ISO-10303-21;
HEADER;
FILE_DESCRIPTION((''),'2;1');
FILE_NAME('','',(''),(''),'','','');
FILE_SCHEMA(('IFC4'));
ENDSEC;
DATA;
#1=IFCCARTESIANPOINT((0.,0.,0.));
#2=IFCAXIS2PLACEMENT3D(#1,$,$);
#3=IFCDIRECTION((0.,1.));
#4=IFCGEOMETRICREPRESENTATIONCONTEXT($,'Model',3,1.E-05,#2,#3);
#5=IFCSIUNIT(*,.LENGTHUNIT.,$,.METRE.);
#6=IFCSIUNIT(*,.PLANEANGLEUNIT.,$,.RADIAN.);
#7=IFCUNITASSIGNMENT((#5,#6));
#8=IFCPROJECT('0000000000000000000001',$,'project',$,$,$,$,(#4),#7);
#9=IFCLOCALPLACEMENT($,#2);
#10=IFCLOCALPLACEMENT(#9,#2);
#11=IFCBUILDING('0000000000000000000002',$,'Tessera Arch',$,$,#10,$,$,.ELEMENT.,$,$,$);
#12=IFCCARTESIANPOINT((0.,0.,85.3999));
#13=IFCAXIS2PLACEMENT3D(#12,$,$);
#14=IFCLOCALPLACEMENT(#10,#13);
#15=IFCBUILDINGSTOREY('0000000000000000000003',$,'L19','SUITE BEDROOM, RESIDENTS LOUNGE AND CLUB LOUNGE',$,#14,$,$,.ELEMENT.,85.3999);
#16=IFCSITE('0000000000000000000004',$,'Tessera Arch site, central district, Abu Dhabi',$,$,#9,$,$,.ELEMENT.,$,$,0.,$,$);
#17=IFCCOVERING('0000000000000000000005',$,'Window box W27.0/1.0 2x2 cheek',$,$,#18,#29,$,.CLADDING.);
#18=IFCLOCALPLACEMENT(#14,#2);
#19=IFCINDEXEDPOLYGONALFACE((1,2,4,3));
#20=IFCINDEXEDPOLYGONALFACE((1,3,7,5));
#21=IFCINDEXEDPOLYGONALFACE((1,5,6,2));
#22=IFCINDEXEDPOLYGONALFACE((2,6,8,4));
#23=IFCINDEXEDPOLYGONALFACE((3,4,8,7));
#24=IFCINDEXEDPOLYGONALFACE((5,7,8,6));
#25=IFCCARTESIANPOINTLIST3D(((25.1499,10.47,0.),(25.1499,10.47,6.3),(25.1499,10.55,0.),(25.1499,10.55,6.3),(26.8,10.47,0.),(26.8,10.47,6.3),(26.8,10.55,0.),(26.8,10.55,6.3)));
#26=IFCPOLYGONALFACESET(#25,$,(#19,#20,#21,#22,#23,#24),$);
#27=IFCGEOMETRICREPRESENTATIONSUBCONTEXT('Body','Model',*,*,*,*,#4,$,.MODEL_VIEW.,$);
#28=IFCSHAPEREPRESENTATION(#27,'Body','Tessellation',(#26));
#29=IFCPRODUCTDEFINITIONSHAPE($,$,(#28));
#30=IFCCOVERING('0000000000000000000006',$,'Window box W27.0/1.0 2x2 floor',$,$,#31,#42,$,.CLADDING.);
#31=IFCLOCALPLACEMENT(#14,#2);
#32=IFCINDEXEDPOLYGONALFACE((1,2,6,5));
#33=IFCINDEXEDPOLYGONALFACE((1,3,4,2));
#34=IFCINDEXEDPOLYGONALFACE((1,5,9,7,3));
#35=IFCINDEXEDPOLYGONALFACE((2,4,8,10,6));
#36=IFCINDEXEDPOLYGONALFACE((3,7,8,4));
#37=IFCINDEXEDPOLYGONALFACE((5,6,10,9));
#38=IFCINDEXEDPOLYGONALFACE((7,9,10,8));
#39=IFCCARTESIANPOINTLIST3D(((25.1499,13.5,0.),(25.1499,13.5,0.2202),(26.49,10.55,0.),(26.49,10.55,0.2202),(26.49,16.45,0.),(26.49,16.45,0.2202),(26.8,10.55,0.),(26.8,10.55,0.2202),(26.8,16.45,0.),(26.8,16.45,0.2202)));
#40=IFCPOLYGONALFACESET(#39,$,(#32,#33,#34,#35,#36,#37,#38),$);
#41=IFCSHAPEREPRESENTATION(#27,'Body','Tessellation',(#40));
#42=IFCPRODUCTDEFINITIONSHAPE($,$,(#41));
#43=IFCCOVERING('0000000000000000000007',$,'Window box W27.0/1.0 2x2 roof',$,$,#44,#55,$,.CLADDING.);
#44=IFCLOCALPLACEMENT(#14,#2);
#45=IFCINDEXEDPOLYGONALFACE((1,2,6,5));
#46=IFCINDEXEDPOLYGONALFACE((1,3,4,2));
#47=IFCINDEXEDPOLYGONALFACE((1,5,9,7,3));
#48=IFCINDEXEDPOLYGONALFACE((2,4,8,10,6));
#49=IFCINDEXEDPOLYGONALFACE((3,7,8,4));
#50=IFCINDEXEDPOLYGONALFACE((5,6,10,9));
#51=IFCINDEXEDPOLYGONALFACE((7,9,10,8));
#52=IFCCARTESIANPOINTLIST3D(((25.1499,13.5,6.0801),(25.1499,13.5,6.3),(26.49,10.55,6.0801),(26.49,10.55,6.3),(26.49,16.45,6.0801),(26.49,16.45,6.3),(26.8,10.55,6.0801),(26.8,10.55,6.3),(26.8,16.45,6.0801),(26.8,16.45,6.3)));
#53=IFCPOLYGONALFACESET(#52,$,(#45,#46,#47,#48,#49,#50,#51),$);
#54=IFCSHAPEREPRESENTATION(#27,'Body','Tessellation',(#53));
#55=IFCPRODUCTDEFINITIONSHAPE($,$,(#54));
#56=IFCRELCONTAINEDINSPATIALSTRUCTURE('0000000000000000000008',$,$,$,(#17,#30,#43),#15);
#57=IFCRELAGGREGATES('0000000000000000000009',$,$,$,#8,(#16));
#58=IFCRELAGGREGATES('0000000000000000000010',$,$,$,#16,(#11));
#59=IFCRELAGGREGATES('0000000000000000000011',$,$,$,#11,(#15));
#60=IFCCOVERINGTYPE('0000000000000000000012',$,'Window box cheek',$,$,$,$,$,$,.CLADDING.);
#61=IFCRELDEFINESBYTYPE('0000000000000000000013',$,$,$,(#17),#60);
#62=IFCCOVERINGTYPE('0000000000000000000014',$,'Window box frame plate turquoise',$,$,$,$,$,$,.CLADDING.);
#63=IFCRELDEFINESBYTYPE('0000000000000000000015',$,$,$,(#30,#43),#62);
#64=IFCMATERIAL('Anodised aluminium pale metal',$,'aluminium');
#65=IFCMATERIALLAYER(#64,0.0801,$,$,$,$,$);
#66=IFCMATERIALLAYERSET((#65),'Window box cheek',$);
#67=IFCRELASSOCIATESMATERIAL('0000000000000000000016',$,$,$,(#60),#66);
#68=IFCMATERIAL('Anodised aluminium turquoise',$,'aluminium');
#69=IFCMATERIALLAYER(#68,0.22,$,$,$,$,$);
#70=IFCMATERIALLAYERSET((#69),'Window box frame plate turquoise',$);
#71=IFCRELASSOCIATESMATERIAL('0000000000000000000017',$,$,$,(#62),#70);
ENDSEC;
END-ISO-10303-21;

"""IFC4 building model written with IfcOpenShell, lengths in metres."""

from ifc_helpers import new_model, si_unit, direction, frame, origin, place, context, subcontext, project, spatial, polyline, outline, extrude, material, layer, layer_set, type_object, element, save


model = new_model("IFC4")

# Units and contexts
model_context = context("Model", 3, precision=1e-05, world=origin(), true_north=direction((0.0, 1.0)))
body_context = subcontext(model_context, "Body", "Model", "MODEL_VIEW")
ifc_project = project(units=[si_unit("LENGTHUNIT", "METRE"), si_unit("PLANEANGLEUNIT", "RADIAN")], contexts=[model_context])

# Site, building, storey
site_placement = place(None, origin())
site = spatial("IfcSite", under=ifc_project, at=site_placement, Name="Tessera Arch site, central district, Abu Dhabi", CompositionType="ELEMENT", RefElevation=0.0)
building_placement = place(site_placement, origin())
building = spatial("IfcBuilding", under=site, at=building_placement, Name="Tessera Arch", CompositionType="ELEMENT")
storey_placement = place(building_placement, frame((0.0, 0.0, 85.3999)))
storey = spatial("IfcBuildingStorey", under=building, at=storey_placement, Name="L19", Description="SUITE BEDROOM, RESIDENTS LOUNGE AND CLUB LOUNGE", CompositionType="ELEMENT", Elevation=85.3999)

# Coverings
ifc_material_1 = material(Name="Anodised aluminium pale metal", Category="aluminium")
ifc_layer_1 = layer(ifc_material_1, 0.0801)
ifc_layer_set_1 = layer_set([ifc_layer_1], Name="Window box cheek")
covering_type_1 = type_object("IfcCoveringType", Name="Window box cheek", PredefinedType="CLADDING", material=ifc_layer_set_1)
covering_1_placement = place(storey_placement, origin())
element("IfcCovering", 1, at=covering_1_placement, inside=storey, type_object=covering_type_1, Name="Window box W27.0/1.0 2x2 cheek", PredefinedType="CLADDING", context=body_context, shape_type="SweptSolid", body=[
    extrude(outline(polyline([(25.1499, 10.55), (25.1499, 10.47), (26.8, 10.47), (26.8, 10.55), (25.1499, 10.55)])), origin(), (0.0, 0.0, 1.0), 6.3),
])
ifc_material_2 = material(Name="Anodised aluminium turquoise", Category="aluminium")
ifc_layer_2 = layer(ifc_material_2, 0.22)
ifc_layer_set_2 = layer_set([ifc_layer_2], Name="Window box frame plate turquoise")
covering_type_2 = type_object("IfcCoveringType", Name="Window box frame plate turquoise", PredefinedType="CLADDING", material=ifc_layer_set_2)
covering_2_placement = place(storey_placement, origin())
element("IfcCovering", 2, at=covering_2_placement, inside=storey, type_object=covering_type_2, Name="Window box W27.0/1.0 2x2 floor", PredefinedType="CLADDING", context=body_context, shape_type="SweptSolid", body=[
    extrude(outline(polyline([(26.49, 16.45), (25.1499, 13.5), (26.49, 10.55), (26.8, 10.55), (26.8, 16.45), (26.49, 16.45)])), origin(), (0.0, 0.0, 1.0), 0.2202),
])
covering_3_placement = place(storey_placement, frame((0.0, 0.0, 6.0801)))
element("IfcCovering", 3, at=covering_3_placement, inside=storey, type_object=covering_type_2, Name="Window box W27.0/1.0 2x2 roof", PredefinedType="CLADDING", context=body_context, shape_type="SweptSolid", body=[
    extrude(outline(polyline([(26.49, 16.45), (25.1499, 13.5), (26.49, 10.55), (26.8, 10.55), (26.8, 16.45), (26.49, 16.45)])), origin(), (0.0, 0.0, 1.0), 0.22),
])

save(model, "model.ifc")
